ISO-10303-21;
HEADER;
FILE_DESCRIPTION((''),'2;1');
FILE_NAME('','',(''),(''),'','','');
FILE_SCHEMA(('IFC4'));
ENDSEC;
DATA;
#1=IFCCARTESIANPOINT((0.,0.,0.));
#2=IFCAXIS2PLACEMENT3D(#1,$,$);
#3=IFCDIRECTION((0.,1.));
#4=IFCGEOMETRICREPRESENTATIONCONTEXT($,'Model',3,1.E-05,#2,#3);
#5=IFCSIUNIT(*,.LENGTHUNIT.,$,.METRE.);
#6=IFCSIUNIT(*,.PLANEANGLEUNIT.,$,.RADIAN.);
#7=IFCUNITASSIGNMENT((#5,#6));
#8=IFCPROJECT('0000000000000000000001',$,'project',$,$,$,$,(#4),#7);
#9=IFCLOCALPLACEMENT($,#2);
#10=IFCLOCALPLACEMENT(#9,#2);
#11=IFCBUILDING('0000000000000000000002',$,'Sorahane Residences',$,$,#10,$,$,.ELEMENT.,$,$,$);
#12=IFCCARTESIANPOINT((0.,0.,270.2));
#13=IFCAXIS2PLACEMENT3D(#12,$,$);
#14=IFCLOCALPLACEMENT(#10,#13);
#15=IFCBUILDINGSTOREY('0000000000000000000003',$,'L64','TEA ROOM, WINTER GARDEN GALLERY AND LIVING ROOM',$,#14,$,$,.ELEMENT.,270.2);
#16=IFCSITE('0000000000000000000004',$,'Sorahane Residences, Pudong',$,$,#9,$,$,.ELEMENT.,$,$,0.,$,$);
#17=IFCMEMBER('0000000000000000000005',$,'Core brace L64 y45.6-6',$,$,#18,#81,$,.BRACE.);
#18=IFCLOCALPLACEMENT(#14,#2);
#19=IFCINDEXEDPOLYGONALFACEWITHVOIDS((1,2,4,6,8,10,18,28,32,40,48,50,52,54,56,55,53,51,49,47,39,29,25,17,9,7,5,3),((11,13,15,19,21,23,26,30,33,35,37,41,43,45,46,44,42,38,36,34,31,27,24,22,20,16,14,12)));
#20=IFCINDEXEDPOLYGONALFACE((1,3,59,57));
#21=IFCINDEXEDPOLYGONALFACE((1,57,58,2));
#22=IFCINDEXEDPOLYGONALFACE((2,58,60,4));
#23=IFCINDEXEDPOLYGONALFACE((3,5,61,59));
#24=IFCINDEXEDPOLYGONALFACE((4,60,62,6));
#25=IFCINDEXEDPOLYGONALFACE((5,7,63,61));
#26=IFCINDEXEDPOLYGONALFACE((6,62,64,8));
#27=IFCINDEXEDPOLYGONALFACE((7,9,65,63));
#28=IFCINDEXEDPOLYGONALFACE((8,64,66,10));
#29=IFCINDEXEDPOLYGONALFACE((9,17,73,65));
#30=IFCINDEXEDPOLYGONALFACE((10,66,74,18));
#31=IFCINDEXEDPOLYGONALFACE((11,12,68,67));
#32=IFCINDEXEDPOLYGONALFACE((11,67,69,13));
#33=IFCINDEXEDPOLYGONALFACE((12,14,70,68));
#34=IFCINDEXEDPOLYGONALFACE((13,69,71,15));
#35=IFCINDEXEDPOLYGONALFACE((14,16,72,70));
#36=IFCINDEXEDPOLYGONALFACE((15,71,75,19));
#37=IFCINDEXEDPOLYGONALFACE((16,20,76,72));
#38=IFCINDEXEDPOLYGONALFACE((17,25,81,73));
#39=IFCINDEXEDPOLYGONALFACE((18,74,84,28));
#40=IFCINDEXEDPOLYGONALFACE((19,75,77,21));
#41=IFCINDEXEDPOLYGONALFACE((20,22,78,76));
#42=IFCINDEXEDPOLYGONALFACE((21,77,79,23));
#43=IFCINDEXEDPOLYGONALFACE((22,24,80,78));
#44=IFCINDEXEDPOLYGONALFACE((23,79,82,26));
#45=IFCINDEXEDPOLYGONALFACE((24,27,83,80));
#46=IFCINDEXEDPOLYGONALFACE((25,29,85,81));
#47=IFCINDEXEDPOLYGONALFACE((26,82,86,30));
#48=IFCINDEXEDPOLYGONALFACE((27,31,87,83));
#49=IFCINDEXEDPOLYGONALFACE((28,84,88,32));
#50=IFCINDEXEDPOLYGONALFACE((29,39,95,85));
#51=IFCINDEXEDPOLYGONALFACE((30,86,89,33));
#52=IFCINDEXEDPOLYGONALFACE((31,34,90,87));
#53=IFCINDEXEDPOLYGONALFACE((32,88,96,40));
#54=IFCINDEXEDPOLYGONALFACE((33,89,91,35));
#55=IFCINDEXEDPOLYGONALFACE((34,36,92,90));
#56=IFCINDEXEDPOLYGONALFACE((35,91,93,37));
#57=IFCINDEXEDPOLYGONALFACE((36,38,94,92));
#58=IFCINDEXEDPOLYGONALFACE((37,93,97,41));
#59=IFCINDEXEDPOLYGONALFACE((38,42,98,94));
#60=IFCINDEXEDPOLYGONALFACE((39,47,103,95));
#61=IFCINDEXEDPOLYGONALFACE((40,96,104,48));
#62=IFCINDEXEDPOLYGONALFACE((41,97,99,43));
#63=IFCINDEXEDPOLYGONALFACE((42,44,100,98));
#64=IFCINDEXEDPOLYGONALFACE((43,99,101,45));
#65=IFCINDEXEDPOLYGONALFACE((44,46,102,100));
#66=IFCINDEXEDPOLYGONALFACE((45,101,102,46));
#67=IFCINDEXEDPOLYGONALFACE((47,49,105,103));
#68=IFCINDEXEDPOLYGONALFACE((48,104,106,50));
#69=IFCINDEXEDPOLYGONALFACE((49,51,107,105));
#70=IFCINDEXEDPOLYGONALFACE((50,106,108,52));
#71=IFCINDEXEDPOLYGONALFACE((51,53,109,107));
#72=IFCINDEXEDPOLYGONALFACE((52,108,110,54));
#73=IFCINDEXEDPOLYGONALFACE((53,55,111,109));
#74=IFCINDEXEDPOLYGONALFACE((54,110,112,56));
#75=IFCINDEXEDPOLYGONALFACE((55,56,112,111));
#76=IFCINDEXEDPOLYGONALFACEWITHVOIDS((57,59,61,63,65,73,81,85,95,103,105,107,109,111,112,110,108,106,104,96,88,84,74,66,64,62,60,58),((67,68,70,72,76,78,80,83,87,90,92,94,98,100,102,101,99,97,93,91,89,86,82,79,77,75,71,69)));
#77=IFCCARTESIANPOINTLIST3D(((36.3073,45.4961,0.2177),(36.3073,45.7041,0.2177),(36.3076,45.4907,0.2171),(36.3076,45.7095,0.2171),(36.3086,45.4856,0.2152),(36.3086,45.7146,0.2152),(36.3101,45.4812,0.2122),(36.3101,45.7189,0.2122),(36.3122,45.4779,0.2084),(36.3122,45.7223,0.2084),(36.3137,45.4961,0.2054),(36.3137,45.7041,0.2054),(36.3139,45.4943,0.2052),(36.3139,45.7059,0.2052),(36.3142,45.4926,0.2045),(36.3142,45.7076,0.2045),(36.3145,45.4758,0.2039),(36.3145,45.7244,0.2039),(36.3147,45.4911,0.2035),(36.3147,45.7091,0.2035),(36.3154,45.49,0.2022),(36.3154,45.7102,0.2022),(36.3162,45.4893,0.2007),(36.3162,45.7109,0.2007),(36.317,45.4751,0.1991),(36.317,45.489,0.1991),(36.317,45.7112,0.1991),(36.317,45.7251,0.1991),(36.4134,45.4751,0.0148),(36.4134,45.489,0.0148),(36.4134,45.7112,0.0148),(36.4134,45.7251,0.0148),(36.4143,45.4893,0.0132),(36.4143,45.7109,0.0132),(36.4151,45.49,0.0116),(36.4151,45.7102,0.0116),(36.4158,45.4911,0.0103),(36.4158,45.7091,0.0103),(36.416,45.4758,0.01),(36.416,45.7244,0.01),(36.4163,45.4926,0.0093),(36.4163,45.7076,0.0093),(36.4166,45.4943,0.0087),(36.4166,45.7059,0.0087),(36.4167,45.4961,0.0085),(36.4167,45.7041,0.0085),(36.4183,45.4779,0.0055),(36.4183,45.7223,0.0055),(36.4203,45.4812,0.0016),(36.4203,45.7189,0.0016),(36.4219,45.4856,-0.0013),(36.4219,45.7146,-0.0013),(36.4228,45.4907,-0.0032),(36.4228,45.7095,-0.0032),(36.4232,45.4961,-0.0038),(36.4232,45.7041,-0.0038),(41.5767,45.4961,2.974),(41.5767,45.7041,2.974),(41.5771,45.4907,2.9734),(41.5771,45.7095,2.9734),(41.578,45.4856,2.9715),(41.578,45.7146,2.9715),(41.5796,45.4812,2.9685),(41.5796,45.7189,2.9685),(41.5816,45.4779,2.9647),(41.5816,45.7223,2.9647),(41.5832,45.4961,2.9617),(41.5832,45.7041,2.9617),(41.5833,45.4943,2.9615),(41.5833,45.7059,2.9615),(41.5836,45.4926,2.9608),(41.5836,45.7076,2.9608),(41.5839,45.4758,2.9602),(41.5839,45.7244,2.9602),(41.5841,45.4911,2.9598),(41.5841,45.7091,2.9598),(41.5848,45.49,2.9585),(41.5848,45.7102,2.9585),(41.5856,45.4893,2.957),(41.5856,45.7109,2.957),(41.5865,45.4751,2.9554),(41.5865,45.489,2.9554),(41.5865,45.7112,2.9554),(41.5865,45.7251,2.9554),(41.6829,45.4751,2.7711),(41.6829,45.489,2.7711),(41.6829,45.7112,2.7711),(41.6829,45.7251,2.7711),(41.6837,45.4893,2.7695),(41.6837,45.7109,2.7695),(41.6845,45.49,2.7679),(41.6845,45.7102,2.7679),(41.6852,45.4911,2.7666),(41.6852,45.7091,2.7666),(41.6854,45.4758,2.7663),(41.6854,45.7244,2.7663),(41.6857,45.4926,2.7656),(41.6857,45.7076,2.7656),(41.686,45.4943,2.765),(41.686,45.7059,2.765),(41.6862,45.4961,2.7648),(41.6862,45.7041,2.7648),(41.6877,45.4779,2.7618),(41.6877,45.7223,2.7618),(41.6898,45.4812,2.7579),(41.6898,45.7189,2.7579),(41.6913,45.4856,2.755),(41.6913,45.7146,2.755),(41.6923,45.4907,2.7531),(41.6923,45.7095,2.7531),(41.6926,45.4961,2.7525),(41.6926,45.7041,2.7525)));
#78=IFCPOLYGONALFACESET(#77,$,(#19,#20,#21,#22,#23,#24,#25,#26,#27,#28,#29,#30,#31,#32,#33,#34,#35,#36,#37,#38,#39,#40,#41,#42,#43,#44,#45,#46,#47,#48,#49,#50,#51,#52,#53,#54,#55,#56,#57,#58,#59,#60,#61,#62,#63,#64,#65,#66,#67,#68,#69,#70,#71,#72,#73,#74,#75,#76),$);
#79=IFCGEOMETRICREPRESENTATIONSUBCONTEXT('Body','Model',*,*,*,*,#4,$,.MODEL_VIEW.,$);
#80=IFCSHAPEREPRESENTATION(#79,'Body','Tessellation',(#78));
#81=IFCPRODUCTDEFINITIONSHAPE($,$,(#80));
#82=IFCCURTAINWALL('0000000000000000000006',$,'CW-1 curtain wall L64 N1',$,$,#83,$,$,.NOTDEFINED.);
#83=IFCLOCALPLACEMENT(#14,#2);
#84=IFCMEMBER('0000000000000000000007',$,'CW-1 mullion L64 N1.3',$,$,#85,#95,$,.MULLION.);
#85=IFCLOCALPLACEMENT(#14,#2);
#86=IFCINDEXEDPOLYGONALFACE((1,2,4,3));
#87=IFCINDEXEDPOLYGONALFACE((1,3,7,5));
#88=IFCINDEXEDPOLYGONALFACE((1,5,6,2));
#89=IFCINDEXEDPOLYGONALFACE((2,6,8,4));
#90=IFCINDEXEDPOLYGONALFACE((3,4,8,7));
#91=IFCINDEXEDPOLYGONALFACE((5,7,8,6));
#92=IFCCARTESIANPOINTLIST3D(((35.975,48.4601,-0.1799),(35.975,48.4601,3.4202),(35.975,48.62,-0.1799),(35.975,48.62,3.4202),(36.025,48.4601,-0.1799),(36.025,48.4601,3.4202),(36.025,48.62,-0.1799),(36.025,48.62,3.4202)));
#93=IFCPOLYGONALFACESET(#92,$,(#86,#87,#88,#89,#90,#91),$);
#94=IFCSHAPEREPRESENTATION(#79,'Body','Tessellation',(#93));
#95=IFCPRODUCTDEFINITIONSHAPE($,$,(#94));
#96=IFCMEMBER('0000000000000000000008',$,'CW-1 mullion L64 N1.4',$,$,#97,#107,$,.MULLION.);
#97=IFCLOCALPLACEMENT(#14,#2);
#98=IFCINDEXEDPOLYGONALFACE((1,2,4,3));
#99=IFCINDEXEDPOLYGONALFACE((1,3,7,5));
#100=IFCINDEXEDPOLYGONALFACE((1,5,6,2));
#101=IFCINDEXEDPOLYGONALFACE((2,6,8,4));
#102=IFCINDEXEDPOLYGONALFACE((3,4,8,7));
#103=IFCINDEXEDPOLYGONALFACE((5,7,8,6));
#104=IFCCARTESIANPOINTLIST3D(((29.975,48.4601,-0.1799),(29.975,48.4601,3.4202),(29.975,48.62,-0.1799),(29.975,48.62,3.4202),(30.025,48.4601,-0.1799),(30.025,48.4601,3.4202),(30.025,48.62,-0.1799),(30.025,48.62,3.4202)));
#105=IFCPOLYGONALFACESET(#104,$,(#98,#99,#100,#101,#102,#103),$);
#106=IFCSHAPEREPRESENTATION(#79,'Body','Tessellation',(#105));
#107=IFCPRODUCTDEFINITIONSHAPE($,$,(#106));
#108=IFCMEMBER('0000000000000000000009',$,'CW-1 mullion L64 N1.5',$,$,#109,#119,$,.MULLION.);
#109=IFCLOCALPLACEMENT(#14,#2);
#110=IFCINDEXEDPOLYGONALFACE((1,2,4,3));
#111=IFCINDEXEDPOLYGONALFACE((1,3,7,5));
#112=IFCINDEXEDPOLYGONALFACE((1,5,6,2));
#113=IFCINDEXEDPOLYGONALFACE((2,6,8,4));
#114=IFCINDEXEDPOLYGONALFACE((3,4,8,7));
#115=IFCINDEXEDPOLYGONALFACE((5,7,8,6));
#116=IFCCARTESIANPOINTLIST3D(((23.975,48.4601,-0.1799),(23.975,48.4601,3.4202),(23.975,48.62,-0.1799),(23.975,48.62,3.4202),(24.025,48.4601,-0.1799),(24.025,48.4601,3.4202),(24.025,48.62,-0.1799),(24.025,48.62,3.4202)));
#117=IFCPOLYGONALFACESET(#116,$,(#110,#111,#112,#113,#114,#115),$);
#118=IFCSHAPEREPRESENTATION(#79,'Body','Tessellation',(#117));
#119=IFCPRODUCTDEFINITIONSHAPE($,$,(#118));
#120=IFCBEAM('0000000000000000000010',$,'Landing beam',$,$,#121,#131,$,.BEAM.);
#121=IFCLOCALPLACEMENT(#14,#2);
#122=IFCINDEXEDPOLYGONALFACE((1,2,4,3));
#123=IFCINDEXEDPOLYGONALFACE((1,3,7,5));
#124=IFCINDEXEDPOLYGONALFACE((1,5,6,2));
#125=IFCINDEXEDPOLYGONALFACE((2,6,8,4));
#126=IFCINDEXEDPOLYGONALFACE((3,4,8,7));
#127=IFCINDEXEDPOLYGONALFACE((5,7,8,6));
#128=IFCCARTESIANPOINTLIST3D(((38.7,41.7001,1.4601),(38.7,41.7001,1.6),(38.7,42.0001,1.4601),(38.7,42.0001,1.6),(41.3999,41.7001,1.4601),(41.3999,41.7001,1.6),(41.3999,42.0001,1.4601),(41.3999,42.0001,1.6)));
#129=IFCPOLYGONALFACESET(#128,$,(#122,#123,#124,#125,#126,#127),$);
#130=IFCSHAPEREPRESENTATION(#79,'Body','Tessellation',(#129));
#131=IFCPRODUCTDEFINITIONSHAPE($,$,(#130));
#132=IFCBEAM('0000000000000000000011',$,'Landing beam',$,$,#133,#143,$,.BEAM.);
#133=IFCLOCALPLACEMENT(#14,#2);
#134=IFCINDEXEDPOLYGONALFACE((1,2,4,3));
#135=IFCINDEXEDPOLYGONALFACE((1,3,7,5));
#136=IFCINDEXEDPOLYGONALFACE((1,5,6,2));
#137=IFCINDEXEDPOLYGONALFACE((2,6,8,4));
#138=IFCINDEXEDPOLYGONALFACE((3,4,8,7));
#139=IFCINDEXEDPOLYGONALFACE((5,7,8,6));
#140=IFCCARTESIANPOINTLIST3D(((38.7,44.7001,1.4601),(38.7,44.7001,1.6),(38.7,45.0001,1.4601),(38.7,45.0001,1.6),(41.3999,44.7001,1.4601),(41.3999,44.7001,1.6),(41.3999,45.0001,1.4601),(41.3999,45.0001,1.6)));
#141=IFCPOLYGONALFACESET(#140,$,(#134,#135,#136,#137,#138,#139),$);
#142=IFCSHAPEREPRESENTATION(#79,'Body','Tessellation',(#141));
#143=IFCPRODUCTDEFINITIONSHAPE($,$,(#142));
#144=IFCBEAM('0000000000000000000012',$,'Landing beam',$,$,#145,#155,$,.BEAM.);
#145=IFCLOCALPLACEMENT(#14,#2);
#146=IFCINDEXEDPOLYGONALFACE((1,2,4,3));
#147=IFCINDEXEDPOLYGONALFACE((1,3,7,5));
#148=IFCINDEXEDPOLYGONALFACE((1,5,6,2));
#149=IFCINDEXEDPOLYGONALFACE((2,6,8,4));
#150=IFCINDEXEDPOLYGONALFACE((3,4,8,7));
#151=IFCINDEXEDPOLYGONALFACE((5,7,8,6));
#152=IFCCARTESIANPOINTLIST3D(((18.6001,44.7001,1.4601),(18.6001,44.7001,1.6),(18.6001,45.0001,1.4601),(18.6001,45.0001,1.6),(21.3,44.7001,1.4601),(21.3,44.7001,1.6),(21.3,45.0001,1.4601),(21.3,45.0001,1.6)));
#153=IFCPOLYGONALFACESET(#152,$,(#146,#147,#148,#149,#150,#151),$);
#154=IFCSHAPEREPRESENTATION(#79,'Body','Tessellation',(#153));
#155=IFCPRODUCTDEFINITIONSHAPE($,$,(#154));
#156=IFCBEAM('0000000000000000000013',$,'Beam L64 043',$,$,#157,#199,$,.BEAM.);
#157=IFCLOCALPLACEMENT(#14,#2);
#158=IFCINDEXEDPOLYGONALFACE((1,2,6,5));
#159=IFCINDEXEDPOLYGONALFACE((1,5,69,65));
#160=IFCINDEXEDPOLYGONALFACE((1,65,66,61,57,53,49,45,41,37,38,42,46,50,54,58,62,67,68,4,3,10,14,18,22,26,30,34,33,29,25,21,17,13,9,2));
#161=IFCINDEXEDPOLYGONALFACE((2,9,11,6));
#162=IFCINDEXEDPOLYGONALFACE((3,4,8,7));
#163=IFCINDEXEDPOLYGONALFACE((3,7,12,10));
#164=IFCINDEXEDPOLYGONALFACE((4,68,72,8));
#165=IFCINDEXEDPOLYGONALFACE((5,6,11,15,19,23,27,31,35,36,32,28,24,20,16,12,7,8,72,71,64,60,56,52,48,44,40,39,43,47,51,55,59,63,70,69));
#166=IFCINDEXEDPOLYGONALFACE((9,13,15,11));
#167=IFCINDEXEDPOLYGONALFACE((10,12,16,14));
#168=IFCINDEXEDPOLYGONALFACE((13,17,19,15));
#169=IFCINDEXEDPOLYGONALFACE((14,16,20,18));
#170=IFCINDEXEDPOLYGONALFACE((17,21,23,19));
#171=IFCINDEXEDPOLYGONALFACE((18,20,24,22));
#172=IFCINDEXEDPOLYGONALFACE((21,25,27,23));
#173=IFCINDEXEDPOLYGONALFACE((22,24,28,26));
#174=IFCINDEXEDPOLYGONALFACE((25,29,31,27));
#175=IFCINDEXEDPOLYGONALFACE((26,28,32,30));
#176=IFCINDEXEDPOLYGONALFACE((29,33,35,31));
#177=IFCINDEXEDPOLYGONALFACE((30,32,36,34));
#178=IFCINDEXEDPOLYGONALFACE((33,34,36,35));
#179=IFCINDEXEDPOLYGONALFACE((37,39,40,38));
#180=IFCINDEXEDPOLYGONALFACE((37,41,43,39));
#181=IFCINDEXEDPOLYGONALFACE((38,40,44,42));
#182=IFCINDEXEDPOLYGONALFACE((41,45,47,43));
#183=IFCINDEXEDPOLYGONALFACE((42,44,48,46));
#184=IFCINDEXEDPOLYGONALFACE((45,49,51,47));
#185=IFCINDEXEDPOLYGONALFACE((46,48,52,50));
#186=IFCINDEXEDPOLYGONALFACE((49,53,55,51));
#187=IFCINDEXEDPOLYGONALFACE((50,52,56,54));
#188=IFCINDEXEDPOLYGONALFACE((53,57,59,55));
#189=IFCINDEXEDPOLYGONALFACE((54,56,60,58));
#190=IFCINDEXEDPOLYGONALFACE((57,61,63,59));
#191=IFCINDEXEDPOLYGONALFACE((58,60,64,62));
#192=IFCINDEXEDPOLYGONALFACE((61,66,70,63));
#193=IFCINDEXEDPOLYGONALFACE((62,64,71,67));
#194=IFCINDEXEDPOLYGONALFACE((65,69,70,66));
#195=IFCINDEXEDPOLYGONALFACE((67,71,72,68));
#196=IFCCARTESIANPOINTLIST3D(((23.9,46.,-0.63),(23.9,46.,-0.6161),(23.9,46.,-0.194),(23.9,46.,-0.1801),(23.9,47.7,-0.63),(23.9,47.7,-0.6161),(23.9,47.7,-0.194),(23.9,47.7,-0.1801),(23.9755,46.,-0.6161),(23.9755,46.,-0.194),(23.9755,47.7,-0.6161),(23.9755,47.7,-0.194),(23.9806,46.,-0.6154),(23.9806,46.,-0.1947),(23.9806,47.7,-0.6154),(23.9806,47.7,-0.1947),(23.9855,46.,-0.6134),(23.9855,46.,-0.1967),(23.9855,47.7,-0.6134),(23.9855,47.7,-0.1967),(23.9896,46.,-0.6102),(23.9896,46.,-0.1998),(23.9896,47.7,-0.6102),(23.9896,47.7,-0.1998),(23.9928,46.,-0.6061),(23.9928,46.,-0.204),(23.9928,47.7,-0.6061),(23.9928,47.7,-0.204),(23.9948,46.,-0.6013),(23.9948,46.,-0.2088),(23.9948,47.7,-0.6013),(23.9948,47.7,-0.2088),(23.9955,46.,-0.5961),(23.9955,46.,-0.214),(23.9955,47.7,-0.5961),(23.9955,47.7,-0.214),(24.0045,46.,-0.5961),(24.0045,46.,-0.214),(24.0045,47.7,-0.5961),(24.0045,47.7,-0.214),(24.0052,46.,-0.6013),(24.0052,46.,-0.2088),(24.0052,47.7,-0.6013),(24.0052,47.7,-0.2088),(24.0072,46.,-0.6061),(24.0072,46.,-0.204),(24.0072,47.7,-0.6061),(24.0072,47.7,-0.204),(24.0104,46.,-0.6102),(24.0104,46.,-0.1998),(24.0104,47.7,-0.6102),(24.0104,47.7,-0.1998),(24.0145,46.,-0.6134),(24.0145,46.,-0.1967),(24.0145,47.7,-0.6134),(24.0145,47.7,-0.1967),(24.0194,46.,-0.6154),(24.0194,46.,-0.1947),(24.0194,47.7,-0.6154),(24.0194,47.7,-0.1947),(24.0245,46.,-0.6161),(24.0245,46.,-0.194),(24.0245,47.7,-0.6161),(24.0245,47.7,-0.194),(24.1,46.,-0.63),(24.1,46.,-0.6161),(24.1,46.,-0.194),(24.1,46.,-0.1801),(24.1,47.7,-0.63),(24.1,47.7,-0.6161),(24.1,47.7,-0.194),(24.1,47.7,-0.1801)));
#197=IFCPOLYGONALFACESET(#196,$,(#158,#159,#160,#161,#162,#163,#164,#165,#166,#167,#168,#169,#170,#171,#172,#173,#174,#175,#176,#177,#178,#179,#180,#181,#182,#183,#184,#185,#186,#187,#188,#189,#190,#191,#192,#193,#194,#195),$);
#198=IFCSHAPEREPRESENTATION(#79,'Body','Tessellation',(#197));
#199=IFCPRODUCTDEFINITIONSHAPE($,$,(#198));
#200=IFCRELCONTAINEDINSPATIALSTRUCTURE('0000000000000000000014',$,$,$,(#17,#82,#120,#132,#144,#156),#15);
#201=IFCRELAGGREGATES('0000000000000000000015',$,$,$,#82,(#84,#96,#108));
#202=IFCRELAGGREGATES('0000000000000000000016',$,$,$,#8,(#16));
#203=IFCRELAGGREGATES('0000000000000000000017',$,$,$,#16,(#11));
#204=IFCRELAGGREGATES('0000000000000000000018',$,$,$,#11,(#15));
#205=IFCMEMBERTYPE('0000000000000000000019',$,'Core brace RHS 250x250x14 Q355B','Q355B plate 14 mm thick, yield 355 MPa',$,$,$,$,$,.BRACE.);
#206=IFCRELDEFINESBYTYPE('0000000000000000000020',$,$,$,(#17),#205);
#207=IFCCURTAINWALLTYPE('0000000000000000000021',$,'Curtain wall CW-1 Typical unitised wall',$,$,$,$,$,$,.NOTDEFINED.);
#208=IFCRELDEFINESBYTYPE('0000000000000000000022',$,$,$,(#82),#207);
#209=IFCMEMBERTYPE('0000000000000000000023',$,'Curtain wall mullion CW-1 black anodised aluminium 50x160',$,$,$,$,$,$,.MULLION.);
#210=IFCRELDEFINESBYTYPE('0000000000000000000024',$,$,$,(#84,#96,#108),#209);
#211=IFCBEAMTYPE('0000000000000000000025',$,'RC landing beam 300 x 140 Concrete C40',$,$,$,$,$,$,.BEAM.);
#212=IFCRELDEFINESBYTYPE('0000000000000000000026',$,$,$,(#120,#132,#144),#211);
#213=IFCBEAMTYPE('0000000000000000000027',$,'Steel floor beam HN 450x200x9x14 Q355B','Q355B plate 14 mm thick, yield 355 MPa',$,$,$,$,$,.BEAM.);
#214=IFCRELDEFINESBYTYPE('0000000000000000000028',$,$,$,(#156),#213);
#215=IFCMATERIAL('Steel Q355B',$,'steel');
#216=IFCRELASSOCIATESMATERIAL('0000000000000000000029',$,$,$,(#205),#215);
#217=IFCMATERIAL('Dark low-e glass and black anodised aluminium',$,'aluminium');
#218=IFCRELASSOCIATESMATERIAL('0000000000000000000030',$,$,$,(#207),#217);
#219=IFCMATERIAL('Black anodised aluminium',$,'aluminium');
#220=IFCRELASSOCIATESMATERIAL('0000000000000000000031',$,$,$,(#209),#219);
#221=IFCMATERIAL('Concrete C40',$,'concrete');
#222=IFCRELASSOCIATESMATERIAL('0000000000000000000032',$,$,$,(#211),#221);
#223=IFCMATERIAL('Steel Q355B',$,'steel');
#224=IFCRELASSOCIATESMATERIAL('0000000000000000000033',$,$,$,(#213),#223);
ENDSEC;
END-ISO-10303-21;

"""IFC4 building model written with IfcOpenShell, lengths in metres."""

from ifc_helpers import new_model, si_unit, direction, frame, origin, origin_2d, place, context, subcontext, project, spatial, rectangle, hollow_rectangle, i_section, extrude, material, material_profile, profile_set, type_object, element, aggregate, save


model = new_model("IFC4")

# Units and contexts
model_context = context("Model", 3, precision=1e-05, world=origin(), true_north=direction((0.0, 1.0)))
body_context = subcontext(model_context, "Body", "Model", "MODEL_VIEW")
ifc_project = project(units=[si_unit("LENGTHUNIT", "METRE"), si_unit("PLANEANGLEUNIT", "RADIAN")], contexts=[model_context])

# Site, building, storey
site_placement = place(None, origin())
site = spatial("IfcSite", under=ifc_project, at=site_placement, Name="Sorahane Residences, Pudong", CompositionType="ELEMENT", RefElevation=0.0)
building_placement = place(site_placement, origin())
building = spatial("IfcBuilding", under=site, at=building_placement, Name="Sorahane Residences", CompositionType="ELEMENT")
storey_placement = place(building_placement, frame((0.0, 0.0, 270.2)))
storey = spatial("IfcBuildingStorey", under=building, at=storey_placement, Name="L64", Description="TEA ROOM, WINTER GARDEN GALLERY AND LIVING ROOM", CompositionType="ELEMENT", Elevation=270.2)

# Member
ifc_material_1 = material(Name="Steel Q355B", Category="steel")
ifc_material_profile_1 = material_profile(ifc_material_1, hollow_rectangle(XDim=0.25, YDim=0.25, WallThickness=0.0139, InnerFilletRadius=0.0071, OuterFilletRadius=0.021, at=origin_2d()), Name="RHS 250x250x14")
ifc_profile_set_1 = profile_set([ifc_material_profile_1], Name="Steel Q355B")
member_type_1 = type_object("IfcMemberType", Name="Core brace RHS 250x250x14 Q355B", Description="Q355B plate 14 mm thick, yield 355 MPa", PredefinedType="BRACE", material=ifc_profile_set_1)
for number, where, z_axis, x_axis, name in (
    (1, (36.3652, 45.6001, 0.1069), (0.8861, 0.0, 0.463495), (0.0, 1.0, 0.0), "Core brace L64 y45.6-6"),
):
    element("IfcMember", number, at=place(storey_placement, frame(where, z_axis=z_axis, x_axis=x_axis)), inside=storey, type_object=member_type_1, Name=name, PredefinedType="BRACE", context=body_context, shape_type="SweptSolid", body=[
        extrude(hollow_rectangle(XDim=0.25, YDim=0.25, WallThickness=0.0139, InnerFilletRadius=0.0071, OuterFilletRadius=0.021, at=origin_2d()), origin(), (0.0, 0.0, 1.0), 5.9468),
    ])

# Curtain wall, members
ifc_material_2 = material(Name="Dark low-e glass and black anodised aluminium", Category="aluminium")
curtain_wall_type = type_object("IfcCurtainWallType", Name="Curtain wall CW-1 Typical unitised wall", PredefinedType="NOTDEFINED", material=ifc_material_2)
curtain_wall_placement = place(storey_placement, origin())
curtain_wall = element("IfcCurtainWall", 2, at=curtain_wall_placement, inside=storey, type_object=curtain_wall_type, Name="CW-1 curtain wall L64 N1", PredefinedType="NOTDEFINED")
ifc_material_3 = material(Name="Black anodised aluminium", Category="aluminium")
ifc_material_profile_2 = material_profile(ifc_material_3, rectangle(XDim=0.1599, YDim=0.05, at=origin_2d()), Name="Curtain wall mullion CW-1 black anodised aluminium 50x160")
ifc_profile_set_2 = profile_set([ifc_material_profile_2], Name="Black anodised aluminium")
member_type_2 = type_object("IfcMemberType", Name="Curtain wall mullion CW-1 black anodised aluminium 50x160", PredefinedType="MULLION", material=ifc_profile_set_2)
member_1_placement = place(storey_placement, frame((36.0, 48.54, -0.1799), z_axis=(0.0, 0.0, 1.0), x_axis=(0.0, 1.0, 0.0)))
member_1 = element("IfcMember", 3, at=member_1_placement, type_object=member_type_2, Name="CW-1 mullion L64 N1.3", PredefinedType="MULLION", context=body_context, shape_type="SweptSolid", body=[
    extrude(rectangle(XDim=0.1599, YDim=0.05, at=origin_2d()), origin(), (0.0, 0.0, 1.0), 3.6001),
])
member_2_placement = place(storey_placement, frame((30.0, 48.54, -0.1799), z_axis=(0.0, 0.0, 1.0), x_axis=(0.0, 1.0, 0.0)))
member_2 = element("IfcMember", 4, at=member_2_placement, type_object=member_type_2, Name="CW-1 mullion L64 N1.4", PredefinedType="MULLION", context=body_context, shape_type="SweptSolid", body=[
    extrude(rectangle(XDim=0.1599, YDim=0.05, at=origin_2d()), origin(), (0.0, 0.0, 1.0), 3.6001),
])
member_3_placement = place(storey_placement, frame((24.0, 48.54, -0.1799), z_axis=(0.0, 0.0, 1.0), x_axis=(0.0, 1.0, 0.0)))
member_3 = element("IfcMember", 5, at=member_3_placement, type_object=member_type_2, Name="CW-1 mullion L64 N1.5", PredefinedType="MULLION", context=body_context, shape_type="SweptSolid", body=[
    extrude(rectangle(XDim=0.1599, YDim=0.05, at=origin_2d()), origin(), (0.0, 0.0, 1.0), 3.6001),
])

# Beams
ifc_material_4 = material(Name="Concrete C40", Category="concrete")
ifc_material_profile_3 = material_profile(ifc_material_4, rectangle(XDim=0.3, YDim=0.1399, at=origin_2d()), Name="300x140")
ifc_profile_set_3 = profile_set([ifc_material_profile_3], Name="Concrete C40")
beam_type_1 = type_object("IfcBeamType", Name="RC landing beam 300 x 140 Concrete C40", PredefinedType="BEAM", material=ifc_profile_set_3)
for number, where, z_axis, x_axis, name in (
    (6, (38.7, 41.8501, 1.53), (1.0, 0.0, 0.0), (0.0, 1.0, 0.0), "Landing beam"),
    (7, (38.7, 44.8501, 1.53), (1.0, 0.0, 0.0), (0.0, 1.0, 0.0), "Landing beam"),
    (8, (18.6001, 44.8501, 1.53), (1.0, 0.0, 0.0), (0.0, 1.0, 0.0), "Landing beam"),
):
    element("IfcBeam", number, at=place(storey_placement, frame(where, z_axis=z_axis, x_axis=x_axis)), inside=storey, type_object=beam_type_1, Name=name, PredefinedType="BEAM", context=body_context, shape_type="SweptSolid", body=[
        extrude(rectangle(XDim=0.3, YDim=0.1399, at=origin_2d()), origin(), (0.0, 0.0, 1.0), 2.7),
    ])
ifc_material_5 = material(Name="Steel Q355B", Category="steel")
ifc_material_profile_4 = material_profile(ifc_material_5, i_section(OverallWidth=0.2, OverallDepth=0.45, WebThickness=0.009, FlangeThickness=0.0139, FilletRadius=0.02, at=origin_2d()), Name="HN 450x200x9x14")
ifc_profile_set_4 = profile_set([ifc_material_profile_4], Name="Steel Q355B")
beam_type_2 = type_object("IfcBeamType", Name="Steel floor beam HN 450x200x9x14 Q355B", Description="Q355B plate 14 mm thick, yield 355 MPa", PredefinedType="BEAM", material=ifc_profile_set_4)
beam_1_placement = place(storey_placement, frame((24.0, 46.0, -0.405), z_axis=(0.0, 1.0, 0.0), x_axis=(-1.0, 0.0, 0.0)))
element("IfcBeam", 9, at=beam_1_placement, inside=storey, type_object=beam_type_2, Name="Beam L64 043", PredefinedType="BEAM", context=body_context, shape_type="SweptSolid", body=[
    extrude(i_section(OverallWidth=0.2, OverallDepth=0.45, WebThickness=0.009, FlangeThickness=0.0139, FilletRadius=0.02, at=origin_2d()), origin(), (0.0, 0.0, 1.0), 1.7),
])

aggregate(curtain_wall, [member_1, member_2, member_3])

save(model, "model.ifc")
